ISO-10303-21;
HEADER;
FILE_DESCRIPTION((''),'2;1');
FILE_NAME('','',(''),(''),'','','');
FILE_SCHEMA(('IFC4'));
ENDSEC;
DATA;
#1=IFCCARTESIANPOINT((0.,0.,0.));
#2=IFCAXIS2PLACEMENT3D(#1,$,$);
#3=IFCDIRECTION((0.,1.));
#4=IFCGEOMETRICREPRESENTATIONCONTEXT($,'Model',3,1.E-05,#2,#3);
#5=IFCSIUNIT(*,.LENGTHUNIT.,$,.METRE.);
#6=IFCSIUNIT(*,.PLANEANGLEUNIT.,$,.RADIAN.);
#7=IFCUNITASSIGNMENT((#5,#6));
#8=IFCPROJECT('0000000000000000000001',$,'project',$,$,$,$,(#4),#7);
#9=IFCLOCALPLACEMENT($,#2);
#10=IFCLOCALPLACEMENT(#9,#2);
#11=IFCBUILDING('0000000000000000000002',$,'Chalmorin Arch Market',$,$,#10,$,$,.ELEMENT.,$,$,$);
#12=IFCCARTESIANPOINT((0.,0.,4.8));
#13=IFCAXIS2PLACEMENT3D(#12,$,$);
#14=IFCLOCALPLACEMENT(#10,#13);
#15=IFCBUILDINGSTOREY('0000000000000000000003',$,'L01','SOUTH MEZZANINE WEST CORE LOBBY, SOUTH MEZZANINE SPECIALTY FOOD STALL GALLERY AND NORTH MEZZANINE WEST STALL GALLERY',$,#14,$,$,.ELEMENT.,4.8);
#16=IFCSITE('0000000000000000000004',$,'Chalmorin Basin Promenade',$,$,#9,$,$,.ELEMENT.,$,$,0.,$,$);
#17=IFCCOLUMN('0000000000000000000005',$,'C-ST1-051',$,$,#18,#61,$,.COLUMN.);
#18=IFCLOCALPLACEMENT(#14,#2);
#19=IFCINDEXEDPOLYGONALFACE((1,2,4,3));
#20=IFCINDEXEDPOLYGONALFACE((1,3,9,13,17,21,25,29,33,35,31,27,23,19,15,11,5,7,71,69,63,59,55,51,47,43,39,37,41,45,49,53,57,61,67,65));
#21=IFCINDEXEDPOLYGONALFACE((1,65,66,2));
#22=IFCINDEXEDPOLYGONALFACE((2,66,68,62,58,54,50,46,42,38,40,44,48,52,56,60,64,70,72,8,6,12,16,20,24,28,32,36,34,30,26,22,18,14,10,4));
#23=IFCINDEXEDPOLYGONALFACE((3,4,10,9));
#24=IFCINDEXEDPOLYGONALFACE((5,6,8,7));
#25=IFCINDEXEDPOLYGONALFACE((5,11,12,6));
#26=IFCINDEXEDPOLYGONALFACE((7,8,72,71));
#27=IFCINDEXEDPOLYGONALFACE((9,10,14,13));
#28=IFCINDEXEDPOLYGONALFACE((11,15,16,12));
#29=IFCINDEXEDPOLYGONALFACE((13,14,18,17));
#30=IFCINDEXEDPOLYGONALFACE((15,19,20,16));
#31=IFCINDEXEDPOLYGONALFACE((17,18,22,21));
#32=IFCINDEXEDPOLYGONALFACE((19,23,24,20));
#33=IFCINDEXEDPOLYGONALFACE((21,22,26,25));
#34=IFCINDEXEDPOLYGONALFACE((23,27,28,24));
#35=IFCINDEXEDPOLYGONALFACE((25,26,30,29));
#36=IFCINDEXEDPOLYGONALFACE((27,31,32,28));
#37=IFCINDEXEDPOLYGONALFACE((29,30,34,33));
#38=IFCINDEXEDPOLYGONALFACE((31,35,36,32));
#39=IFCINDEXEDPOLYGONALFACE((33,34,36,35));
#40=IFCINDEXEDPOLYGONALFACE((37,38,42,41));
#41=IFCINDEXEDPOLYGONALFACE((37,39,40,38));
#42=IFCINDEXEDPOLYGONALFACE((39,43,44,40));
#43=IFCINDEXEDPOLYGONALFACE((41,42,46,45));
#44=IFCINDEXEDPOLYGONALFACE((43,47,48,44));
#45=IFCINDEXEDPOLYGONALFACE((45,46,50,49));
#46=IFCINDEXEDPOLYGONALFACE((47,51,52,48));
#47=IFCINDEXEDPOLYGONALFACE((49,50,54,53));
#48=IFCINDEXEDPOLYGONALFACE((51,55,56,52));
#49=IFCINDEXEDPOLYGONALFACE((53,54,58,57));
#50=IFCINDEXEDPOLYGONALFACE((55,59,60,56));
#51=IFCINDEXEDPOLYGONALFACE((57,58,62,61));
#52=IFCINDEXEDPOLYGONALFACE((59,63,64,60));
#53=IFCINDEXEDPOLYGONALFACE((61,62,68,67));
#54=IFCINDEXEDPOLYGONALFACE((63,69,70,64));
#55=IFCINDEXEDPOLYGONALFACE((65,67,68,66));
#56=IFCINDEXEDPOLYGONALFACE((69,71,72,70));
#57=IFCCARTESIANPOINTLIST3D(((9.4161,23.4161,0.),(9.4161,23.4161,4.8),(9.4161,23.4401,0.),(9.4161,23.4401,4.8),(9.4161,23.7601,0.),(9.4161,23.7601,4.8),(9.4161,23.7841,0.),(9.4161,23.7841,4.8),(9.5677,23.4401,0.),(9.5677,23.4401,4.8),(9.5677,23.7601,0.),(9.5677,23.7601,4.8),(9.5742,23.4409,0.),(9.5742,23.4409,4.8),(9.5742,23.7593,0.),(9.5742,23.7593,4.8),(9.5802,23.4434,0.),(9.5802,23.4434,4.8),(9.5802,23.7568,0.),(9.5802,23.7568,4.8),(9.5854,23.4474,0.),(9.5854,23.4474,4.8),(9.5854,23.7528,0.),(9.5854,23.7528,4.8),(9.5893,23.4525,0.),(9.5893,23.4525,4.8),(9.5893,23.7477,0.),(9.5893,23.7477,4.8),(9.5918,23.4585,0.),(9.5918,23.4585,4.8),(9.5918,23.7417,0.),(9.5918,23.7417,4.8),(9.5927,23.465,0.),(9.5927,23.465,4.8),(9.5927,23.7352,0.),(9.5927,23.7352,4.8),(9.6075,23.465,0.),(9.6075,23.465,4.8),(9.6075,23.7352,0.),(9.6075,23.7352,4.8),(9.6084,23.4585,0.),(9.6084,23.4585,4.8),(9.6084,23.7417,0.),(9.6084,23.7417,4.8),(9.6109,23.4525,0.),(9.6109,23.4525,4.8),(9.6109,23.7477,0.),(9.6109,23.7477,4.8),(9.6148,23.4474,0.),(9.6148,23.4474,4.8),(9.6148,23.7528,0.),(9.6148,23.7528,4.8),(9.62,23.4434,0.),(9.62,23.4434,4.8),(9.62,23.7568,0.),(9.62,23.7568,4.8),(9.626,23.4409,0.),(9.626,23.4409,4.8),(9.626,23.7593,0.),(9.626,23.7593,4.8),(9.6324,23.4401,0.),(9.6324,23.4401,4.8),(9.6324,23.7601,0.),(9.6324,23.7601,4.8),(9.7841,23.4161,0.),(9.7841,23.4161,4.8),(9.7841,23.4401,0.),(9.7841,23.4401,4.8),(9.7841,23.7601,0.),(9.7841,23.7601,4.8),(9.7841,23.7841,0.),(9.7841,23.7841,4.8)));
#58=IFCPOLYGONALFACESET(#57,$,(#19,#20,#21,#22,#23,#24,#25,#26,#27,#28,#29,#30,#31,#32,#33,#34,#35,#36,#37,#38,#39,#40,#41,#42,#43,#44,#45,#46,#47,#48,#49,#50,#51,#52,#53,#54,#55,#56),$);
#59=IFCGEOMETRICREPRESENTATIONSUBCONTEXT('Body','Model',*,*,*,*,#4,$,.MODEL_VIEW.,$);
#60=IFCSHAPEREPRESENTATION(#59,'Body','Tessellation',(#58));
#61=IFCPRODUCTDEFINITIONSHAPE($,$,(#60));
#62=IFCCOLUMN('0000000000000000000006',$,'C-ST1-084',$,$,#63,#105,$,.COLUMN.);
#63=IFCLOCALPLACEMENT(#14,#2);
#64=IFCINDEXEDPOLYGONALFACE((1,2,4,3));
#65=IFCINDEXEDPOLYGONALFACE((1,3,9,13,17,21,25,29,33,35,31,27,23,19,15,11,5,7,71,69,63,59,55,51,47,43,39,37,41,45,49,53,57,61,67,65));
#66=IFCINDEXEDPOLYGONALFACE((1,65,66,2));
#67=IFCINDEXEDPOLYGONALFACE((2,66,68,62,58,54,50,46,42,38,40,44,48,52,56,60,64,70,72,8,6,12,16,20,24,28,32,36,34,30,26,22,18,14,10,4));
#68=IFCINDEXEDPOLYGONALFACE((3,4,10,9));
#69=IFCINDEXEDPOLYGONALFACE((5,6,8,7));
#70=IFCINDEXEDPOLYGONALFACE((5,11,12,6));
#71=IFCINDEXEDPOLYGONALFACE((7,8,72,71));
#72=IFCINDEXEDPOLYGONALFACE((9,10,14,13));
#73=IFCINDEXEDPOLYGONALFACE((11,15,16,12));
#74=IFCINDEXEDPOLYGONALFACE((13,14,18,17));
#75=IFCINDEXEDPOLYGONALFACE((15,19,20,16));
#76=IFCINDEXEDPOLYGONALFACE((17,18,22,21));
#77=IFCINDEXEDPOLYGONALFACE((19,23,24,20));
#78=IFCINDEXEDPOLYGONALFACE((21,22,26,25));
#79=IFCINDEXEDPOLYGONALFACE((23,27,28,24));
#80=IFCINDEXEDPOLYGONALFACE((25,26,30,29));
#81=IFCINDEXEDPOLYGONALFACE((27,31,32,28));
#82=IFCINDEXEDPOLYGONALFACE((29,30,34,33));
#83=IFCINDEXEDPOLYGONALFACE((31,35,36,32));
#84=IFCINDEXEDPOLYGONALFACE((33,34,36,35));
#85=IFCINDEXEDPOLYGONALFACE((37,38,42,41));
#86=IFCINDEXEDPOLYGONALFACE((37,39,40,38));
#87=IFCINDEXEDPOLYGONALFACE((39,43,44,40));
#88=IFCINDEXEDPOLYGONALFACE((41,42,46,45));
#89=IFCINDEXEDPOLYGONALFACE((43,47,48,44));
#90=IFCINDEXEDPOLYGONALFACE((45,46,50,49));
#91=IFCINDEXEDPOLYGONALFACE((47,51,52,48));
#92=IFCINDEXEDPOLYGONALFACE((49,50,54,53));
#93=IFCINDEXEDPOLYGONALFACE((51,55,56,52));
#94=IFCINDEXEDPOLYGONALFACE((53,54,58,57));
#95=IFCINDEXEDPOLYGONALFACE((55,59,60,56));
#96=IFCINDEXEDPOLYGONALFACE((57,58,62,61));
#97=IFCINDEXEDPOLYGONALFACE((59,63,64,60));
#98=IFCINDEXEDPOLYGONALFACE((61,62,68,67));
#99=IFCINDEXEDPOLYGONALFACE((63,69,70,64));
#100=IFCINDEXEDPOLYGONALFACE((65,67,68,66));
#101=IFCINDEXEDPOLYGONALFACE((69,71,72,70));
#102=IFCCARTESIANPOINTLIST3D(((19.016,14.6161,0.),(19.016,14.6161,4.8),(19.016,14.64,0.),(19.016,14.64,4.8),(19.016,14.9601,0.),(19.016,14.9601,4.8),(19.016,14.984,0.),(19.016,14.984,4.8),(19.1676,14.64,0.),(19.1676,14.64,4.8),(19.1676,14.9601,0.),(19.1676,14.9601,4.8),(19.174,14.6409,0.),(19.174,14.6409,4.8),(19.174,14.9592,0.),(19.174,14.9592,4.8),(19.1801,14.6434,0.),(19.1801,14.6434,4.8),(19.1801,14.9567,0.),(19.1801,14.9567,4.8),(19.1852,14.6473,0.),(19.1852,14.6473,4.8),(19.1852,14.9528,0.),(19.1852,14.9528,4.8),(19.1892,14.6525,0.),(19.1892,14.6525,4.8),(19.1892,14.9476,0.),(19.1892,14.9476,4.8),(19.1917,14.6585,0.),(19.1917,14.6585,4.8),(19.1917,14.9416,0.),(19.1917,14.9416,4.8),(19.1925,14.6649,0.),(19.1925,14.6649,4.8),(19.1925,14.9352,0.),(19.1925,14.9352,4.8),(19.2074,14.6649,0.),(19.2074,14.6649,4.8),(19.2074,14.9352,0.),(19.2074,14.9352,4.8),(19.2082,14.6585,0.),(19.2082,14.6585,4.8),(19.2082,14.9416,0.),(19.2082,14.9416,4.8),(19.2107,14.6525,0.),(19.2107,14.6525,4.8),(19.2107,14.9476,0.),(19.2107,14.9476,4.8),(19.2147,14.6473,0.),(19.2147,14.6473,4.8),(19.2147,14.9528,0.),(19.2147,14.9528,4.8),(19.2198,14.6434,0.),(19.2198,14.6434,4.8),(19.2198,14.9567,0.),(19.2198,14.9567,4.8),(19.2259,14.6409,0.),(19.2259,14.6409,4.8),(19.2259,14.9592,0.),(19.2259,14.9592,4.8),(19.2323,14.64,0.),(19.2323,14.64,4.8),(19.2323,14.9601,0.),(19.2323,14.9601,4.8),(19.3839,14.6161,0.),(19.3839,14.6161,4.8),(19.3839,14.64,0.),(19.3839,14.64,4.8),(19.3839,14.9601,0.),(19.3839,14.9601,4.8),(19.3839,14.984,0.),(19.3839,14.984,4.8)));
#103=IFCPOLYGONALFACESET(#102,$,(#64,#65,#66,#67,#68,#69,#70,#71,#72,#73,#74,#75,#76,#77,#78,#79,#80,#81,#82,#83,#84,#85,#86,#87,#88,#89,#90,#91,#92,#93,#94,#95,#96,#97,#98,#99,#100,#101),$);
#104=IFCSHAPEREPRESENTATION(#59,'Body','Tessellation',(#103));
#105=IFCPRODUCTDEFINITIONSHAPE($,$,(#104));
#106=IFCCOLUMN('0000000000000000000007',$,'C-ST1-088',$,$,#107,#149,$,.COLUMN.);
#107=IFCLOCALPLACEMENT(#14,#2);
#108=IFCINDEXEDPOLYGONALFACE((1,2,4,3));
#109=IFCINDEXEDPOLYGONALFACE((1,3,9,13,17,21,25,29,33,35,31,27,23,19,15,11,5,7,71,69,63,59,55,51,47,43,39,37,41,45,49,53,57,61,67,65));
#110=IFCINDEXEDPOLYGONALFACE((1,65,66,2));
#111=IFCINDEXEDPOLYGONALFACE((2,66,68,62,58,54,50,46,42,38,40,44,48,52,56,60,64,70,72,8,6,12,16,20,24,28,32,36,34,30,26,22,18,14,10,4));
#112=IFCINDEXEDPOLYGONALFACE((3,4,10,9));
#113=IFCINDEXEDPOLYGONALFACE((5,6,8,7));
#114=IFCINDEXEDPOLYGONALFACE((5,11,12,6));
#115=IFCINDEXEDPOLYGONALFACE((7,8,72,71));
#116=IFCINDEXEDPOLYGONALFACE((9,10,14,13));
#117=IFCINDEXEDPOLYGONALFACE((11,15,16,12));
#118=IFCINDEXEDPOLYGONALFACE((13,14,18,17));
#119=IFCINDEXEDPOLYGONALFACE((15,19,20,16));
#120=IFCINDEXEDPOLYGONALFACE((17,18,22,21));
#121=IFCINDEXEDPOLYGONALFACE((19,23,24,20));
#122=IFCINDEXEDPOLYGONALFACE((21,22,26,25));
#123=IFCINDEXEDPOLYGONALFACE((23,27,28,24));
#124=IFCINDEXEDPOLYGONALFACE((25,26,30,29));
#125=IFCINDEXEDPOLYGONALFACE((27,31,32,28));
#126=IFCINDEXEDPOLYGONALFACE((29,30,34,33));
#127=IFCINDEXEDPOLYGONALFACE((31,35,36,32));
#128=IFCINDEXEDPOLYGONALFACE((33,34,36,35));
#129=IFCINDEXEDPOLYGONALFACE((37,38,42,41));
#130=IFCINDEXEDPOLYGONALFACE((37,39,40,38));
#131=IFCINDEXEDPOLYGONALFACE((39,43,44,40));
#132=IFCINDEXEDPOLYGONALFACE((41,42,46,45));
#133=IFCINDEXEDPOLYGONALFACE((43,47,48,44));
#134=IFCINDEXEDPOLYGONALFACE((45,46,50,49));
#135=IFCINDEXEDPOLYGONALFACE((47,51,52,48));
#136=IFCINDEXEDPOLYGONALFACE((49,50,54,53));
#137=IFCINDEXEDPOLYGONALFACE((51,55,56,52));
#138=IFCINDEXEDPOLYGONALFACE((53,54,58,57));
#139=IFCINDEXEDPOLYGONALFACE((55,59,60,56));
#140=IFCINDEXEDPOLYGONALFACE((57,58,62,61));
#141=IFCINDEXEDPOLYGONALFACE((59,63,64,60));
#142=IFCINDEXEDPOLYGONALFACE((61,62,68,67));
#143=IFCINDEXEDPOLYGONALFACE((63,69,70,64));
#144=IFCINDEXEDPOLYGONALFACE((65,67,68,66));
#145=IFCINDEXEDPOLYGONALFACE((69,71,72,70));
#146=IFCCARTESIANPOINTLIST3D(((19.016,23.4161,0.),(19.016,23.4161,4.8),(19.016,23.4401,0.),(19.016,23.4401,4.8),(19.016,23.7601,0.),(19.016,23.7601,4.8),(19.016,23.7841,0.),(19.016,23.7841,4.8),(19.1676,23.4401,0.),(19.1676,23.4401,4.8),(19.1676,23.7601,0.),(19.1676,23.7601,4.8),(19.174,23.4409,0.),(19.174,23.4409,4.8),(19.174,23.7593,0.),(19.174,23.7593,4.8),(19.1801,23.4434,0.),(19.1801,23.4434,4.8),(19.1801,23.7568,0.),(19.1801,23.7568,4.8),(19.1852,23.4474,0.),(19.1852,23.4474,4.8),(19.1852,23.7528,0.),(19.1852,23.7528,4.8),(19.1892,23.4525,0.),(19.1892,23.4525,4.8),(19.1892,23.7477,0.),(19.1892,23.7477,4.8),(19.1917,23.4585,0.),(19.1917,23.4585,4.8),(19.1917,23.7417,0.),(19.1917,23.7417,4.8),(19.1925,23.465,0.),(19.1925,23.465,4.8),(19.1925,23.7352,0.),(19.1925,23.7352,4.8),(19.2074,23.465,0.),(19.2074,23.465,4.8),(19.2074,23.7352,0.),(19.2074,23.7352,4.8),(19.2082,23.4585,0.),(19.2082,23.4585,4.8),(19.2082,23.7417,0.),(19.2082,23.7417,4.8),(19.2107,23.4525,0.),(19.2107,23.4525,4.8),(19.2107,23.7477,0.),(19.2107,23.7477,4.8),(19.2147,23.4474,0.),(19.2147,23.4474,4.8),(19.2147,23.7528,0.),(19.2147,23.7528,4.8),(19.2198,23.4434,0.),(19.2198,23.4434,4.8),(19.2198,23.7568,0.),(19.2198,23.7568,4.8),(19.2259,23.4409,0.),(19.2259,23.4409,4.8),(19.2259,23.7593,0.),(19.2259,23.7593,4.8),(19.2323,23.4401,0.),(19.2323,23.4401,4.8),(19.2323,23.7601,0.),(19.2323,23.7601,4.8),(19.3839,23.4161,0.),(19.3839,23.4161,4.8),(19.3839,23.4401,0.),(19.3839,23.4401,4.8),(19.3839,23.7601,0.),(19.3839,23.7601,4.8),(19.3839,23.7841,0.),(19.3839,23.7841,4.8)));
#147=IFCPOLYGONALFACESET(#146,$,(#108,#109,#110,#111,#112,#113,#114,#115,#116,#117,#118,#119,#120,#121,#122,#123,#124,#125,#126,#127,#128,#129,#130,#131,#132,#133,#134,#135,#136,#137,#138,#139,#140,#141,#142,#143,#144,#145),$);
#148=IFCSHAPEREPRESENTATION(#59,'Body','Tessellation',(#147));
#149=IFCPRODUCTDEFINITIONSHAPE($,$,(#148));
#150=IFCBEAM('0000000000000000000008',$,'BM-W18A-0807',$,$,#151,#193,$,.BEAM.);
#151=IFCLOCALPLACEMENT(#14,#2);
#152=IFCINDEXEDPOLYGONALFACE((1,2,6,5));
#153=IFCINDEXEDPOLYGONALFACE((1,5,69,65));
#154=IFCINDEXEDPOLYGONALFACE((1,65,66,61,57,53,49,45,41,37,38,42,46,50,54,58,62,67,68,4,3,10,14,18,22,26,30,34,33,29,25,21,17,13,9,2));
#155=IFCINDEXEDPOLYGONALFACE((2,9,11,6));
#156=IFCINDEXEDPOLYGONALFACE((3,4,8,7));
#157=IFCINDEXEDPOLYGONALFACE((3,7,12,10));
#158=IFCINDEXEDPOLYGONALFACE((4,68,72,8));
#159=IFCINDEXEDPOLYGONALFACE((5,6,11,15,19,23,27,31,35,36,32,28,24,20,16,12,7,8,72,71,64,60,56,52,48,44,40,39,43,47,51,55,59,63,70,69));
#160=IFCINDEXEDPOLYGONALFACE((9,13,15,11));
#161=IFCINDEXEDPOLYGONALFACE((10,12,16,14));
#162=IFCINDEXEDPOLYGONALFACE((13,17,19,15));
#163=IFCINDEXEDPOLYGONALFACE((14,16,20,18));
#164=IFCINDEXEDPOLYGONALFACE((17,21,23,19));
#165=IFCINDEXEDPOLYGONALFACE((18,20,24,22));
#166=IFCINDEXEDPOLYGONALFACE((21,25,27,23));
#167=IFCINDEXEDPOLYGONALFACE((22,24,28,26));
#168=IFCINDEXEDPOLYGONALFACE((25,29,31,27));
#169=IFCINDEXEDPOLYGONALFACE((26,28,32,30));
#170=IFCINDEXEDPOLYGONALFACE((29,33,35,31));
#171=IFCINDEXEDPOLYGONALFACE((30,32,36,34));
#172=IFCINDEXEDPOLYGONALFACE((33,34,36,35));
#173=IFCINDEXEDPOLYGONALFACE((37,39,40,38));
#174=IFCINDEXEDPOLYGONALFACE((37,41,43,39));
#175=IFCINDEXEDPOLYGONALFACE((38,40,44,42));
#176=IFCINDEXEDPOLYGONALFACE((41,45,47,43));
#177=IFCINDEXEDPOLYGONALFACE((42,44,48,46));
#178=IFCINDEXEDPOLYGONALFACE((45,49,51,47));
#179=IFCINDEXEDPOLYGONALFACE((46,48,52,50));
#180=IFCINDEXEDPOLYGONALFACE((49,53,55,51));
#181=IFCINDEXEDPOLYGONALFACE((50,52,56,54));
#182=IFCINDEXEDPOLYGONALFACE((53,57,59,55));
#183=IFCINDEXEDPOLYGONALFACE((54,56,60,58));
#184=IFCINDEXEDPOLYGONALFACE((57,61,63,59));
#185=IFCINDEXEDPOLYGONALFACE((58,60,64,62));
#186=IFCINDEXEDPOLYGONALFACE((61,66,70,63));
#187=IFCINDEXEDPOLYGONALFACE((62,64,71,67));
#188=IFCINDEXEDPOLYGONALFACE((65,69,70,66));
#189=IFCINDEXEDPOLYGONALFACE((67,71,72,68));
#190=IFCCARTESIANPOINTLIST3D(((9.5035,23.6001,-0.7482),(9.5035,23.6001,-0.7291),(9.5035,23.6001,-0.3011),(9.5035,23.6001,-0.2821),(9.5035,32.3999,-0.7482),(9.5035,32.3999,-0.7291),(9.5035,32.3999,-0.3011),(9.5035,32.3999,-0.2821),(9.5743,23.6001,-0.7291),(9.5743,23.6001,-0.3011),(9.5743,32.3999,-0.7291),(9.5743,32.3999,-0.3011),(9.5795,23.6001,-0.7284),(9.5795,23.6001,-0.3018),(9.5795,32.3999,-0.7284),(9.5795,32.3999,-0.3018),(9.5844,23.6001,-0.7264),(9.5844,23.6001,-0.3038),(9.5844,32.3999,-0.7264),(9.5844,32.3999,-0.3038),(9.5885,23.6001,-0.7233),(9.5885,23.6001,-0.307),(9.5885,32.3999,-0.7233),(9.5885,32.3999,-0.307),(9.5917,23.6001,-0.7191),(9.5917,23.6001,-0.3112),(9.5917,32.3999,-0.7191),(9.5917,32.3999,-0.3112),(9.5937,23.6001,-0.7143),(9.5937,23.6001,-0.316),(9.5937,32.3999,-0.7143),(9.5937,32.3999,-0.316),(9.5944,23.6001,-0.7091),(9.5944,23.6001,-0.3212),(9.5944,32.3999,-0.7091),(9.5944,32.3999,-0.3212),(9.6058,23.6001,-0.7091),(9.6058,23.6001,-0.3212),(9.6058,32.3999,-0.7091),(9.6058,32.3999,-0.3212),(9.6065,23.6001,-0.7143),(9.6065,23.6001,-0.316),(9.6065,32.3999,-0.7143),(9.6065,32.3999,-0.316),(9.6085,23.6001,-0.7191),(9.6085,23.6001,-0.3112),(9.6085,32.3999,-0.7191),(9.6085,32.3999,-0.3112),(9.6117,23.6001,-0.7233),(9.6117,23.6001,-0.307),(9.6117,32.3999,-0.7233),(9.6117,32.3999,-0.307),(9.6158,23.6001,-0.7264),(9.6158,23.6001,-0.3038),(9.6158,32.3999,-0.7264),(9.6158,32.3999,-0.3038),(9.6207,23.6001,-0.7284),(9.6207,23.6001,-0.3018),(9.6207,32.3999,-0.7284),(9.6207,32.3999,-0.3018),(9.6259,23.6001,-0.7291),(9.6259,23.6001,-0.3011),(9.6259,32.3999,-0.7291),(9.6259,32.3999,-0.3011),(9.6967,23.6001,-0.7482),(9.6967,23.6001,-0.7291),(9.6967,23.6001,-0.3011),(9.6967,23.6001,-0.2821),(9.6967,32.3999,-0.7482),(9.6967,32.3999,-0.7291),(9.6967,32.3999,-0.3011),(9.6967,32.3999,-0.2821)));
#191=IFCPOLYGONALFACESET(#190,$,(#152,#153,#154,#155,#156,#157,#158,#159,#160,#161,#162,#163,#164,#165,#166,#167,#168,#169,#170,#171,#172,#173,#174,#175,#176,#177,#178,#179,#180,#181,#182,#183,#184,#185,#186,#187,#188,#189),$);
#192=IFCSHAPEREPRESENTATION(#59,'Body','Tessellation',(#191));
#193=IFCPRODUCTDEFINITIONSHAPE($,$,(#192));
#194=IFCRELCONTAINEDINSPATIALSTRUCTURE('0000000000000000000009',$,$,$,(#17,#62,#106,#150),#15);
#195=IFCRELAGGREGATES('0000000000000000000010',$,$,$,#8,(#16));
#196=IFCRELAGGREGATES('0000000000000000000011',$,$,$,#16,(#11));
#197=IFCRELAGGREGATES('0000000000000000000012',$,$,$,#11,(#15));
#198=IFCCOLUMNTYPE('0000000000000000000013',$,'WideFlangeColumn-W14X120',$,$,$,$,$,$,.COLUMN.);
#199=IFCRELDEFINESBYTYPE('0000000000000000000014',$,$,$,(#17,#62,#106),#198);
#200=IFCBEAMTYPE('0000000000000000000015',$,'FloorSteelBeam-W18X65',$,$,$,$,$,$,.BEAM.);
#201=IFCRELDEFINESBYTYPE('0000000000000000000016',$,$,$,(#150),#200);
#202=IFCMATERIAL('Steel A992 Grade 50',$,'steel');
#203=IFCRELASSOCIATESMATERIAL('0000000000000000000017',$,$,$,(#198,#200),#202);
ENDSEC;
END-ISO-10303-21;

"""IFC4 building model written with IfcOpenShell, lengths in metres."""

from ifc_helpers import new_model, si_unit, direction, frame, origin, origin_2d, place, context, subcontext, project, spatial, i_section, extrude, material, material_profile, profile_set, type_object, element, save


model = new_model("IFC4")

# Units and contexts
model_context = context("Model", 3, precision=1e-05, world=origin(), true_north=direction((0.0, 1.0)))
body_context = subcontext(model_context, "Body", "Model", "MODEL_VIEW")
ifc_project = project(units=[si_unit("LENGTHUNIT", "METRE"), si_unit("PLANEANGLEUNIT", "RADIAN")], contexts=[model_context])

# Site, building, storey
site_placement = place(None, origin())
site = spatial("IfcSite", under=ifc_project, at=site_placement, Name="Chalmorin Basin Promenade", CompositionType="ELEMENT", RefElevation=0.0)
building_placement = place(site_placement, origin())
building = spatial("IfcBuilding", under=site, at=building_placement, Name="Chalmorin Arch Market", CompositionType="ELEMENT")
storey_placement = place(building_placement, frame((0.0, 0.0, 4.8)))
storey = spatial("IfcBuildingStorey", under=building, at=storey_placement, Name="L01", Description="SOUTH MEZZANINE WEST CORE LOBBY, SOUTH MEZZANINE SPECIALTY FOOD STALL GALLERY AND NORTH MEZZANINE WEST STALL GALLERY", CompositionType="ELEMENT", Elevation=4.8)

# Columns
ifc_material_1 = material(Name="Steel A992 Grade 50", Category="steel")
ifc_material_profile_1 = material_profile(ifc_material_1, i_section(OverallWidth=0.3679, OverallDepth=0.3679, WebThickness=0.0149, FlangeThickness=0.0239, FilletRadius=0.0249, at=origin_2d()), Name="W14X120")
ifc_profile_set_1 = profile_set([ifc_material_profile_1], Name="Steel A992 Grade 50")
column_type = type_object("IfcColumnType", Name="WideFlangeColumn-W14X120", PredefinedType="COLUMN", material=ifc_profile_set_1)
for number, where, z_axis, x_axis, name in (
    (1, (9.6001, 23.6001, 0.0), (0.0, 0.0, 1.0), (1.0, 0.0, 0.0), "C-ST1-051"),
    (2, (19.2, 14.8, 0.0), (0.0, 0.0, 1.0), (1.0, 0.0, 0.0), "C-ST1-084"),
    (3, (19.2, 23.6001, 0.0), (0.0, 0.0, 1.0), (1.0, 0.0, 0.0), "C-ST1-088"),
):
    element("IfcColumn", number, at=place(storey_placement, frame(where, z_axis=z_axis, x_axis=x_axis)), inside=storey, type_object=column_type, Name=name, PredefinedType="COLUMN", context=body_context, shape_type="SweptSolid", body=[
        extrude(i_section(OverallWidth=0.3679, OverallDepth=0.3679, WebThickness=0.0149, FlangeThickness=0.0239, FilletRadius=0.0249, at=origin_2d()), origin(), (0.0, 0.0, 1.0), 4.8),
    ])

# Beam
ifc_material_profile_2 = material_profile(ifc_material_1, i_section(OverallWidth=0.1931, OverallDepth=0.4661, WebThickness=0.0115, FlangeThickness=0.019, FilletRadius=0.02, at=origin_2d()), Name="W18X65")
ifc_profile_set_2 = profile_set([ifc_material_profile_2], Name="Steel A992 Grade 50")
beam_type_1 = type_object("IfcBeamType", Name="FloorSteelBeam-W18X65", PredefinedType="BEAM", material=ifc_profile_set_2)
beam_1_placement = place(storey_placement, frame((9.6001, 23.6001, -0.5151), z_axis=(0.0, 1.0, 0.0), x_axis=(-1.0, 0.0, 0.0)))
element("IfcBeam", 4, at=beam_1_placement, inside=storey, type_object=beam_type_1, Name="BM-W18A-0807", PredefinedType="BEAM", context=body_context, shape_type="SweptSolid", body=[
    extrude(i_section(OverallWidth=0.1931, OverallDepth=0.4661, WebThickness=0.0115, FlangeThickness=0.019, FilletRadius=0.02, at=origin_2d()), origin(), (0.0, 0.0, 1.0), 8.7998),
])

save(model, "model.ifc")
